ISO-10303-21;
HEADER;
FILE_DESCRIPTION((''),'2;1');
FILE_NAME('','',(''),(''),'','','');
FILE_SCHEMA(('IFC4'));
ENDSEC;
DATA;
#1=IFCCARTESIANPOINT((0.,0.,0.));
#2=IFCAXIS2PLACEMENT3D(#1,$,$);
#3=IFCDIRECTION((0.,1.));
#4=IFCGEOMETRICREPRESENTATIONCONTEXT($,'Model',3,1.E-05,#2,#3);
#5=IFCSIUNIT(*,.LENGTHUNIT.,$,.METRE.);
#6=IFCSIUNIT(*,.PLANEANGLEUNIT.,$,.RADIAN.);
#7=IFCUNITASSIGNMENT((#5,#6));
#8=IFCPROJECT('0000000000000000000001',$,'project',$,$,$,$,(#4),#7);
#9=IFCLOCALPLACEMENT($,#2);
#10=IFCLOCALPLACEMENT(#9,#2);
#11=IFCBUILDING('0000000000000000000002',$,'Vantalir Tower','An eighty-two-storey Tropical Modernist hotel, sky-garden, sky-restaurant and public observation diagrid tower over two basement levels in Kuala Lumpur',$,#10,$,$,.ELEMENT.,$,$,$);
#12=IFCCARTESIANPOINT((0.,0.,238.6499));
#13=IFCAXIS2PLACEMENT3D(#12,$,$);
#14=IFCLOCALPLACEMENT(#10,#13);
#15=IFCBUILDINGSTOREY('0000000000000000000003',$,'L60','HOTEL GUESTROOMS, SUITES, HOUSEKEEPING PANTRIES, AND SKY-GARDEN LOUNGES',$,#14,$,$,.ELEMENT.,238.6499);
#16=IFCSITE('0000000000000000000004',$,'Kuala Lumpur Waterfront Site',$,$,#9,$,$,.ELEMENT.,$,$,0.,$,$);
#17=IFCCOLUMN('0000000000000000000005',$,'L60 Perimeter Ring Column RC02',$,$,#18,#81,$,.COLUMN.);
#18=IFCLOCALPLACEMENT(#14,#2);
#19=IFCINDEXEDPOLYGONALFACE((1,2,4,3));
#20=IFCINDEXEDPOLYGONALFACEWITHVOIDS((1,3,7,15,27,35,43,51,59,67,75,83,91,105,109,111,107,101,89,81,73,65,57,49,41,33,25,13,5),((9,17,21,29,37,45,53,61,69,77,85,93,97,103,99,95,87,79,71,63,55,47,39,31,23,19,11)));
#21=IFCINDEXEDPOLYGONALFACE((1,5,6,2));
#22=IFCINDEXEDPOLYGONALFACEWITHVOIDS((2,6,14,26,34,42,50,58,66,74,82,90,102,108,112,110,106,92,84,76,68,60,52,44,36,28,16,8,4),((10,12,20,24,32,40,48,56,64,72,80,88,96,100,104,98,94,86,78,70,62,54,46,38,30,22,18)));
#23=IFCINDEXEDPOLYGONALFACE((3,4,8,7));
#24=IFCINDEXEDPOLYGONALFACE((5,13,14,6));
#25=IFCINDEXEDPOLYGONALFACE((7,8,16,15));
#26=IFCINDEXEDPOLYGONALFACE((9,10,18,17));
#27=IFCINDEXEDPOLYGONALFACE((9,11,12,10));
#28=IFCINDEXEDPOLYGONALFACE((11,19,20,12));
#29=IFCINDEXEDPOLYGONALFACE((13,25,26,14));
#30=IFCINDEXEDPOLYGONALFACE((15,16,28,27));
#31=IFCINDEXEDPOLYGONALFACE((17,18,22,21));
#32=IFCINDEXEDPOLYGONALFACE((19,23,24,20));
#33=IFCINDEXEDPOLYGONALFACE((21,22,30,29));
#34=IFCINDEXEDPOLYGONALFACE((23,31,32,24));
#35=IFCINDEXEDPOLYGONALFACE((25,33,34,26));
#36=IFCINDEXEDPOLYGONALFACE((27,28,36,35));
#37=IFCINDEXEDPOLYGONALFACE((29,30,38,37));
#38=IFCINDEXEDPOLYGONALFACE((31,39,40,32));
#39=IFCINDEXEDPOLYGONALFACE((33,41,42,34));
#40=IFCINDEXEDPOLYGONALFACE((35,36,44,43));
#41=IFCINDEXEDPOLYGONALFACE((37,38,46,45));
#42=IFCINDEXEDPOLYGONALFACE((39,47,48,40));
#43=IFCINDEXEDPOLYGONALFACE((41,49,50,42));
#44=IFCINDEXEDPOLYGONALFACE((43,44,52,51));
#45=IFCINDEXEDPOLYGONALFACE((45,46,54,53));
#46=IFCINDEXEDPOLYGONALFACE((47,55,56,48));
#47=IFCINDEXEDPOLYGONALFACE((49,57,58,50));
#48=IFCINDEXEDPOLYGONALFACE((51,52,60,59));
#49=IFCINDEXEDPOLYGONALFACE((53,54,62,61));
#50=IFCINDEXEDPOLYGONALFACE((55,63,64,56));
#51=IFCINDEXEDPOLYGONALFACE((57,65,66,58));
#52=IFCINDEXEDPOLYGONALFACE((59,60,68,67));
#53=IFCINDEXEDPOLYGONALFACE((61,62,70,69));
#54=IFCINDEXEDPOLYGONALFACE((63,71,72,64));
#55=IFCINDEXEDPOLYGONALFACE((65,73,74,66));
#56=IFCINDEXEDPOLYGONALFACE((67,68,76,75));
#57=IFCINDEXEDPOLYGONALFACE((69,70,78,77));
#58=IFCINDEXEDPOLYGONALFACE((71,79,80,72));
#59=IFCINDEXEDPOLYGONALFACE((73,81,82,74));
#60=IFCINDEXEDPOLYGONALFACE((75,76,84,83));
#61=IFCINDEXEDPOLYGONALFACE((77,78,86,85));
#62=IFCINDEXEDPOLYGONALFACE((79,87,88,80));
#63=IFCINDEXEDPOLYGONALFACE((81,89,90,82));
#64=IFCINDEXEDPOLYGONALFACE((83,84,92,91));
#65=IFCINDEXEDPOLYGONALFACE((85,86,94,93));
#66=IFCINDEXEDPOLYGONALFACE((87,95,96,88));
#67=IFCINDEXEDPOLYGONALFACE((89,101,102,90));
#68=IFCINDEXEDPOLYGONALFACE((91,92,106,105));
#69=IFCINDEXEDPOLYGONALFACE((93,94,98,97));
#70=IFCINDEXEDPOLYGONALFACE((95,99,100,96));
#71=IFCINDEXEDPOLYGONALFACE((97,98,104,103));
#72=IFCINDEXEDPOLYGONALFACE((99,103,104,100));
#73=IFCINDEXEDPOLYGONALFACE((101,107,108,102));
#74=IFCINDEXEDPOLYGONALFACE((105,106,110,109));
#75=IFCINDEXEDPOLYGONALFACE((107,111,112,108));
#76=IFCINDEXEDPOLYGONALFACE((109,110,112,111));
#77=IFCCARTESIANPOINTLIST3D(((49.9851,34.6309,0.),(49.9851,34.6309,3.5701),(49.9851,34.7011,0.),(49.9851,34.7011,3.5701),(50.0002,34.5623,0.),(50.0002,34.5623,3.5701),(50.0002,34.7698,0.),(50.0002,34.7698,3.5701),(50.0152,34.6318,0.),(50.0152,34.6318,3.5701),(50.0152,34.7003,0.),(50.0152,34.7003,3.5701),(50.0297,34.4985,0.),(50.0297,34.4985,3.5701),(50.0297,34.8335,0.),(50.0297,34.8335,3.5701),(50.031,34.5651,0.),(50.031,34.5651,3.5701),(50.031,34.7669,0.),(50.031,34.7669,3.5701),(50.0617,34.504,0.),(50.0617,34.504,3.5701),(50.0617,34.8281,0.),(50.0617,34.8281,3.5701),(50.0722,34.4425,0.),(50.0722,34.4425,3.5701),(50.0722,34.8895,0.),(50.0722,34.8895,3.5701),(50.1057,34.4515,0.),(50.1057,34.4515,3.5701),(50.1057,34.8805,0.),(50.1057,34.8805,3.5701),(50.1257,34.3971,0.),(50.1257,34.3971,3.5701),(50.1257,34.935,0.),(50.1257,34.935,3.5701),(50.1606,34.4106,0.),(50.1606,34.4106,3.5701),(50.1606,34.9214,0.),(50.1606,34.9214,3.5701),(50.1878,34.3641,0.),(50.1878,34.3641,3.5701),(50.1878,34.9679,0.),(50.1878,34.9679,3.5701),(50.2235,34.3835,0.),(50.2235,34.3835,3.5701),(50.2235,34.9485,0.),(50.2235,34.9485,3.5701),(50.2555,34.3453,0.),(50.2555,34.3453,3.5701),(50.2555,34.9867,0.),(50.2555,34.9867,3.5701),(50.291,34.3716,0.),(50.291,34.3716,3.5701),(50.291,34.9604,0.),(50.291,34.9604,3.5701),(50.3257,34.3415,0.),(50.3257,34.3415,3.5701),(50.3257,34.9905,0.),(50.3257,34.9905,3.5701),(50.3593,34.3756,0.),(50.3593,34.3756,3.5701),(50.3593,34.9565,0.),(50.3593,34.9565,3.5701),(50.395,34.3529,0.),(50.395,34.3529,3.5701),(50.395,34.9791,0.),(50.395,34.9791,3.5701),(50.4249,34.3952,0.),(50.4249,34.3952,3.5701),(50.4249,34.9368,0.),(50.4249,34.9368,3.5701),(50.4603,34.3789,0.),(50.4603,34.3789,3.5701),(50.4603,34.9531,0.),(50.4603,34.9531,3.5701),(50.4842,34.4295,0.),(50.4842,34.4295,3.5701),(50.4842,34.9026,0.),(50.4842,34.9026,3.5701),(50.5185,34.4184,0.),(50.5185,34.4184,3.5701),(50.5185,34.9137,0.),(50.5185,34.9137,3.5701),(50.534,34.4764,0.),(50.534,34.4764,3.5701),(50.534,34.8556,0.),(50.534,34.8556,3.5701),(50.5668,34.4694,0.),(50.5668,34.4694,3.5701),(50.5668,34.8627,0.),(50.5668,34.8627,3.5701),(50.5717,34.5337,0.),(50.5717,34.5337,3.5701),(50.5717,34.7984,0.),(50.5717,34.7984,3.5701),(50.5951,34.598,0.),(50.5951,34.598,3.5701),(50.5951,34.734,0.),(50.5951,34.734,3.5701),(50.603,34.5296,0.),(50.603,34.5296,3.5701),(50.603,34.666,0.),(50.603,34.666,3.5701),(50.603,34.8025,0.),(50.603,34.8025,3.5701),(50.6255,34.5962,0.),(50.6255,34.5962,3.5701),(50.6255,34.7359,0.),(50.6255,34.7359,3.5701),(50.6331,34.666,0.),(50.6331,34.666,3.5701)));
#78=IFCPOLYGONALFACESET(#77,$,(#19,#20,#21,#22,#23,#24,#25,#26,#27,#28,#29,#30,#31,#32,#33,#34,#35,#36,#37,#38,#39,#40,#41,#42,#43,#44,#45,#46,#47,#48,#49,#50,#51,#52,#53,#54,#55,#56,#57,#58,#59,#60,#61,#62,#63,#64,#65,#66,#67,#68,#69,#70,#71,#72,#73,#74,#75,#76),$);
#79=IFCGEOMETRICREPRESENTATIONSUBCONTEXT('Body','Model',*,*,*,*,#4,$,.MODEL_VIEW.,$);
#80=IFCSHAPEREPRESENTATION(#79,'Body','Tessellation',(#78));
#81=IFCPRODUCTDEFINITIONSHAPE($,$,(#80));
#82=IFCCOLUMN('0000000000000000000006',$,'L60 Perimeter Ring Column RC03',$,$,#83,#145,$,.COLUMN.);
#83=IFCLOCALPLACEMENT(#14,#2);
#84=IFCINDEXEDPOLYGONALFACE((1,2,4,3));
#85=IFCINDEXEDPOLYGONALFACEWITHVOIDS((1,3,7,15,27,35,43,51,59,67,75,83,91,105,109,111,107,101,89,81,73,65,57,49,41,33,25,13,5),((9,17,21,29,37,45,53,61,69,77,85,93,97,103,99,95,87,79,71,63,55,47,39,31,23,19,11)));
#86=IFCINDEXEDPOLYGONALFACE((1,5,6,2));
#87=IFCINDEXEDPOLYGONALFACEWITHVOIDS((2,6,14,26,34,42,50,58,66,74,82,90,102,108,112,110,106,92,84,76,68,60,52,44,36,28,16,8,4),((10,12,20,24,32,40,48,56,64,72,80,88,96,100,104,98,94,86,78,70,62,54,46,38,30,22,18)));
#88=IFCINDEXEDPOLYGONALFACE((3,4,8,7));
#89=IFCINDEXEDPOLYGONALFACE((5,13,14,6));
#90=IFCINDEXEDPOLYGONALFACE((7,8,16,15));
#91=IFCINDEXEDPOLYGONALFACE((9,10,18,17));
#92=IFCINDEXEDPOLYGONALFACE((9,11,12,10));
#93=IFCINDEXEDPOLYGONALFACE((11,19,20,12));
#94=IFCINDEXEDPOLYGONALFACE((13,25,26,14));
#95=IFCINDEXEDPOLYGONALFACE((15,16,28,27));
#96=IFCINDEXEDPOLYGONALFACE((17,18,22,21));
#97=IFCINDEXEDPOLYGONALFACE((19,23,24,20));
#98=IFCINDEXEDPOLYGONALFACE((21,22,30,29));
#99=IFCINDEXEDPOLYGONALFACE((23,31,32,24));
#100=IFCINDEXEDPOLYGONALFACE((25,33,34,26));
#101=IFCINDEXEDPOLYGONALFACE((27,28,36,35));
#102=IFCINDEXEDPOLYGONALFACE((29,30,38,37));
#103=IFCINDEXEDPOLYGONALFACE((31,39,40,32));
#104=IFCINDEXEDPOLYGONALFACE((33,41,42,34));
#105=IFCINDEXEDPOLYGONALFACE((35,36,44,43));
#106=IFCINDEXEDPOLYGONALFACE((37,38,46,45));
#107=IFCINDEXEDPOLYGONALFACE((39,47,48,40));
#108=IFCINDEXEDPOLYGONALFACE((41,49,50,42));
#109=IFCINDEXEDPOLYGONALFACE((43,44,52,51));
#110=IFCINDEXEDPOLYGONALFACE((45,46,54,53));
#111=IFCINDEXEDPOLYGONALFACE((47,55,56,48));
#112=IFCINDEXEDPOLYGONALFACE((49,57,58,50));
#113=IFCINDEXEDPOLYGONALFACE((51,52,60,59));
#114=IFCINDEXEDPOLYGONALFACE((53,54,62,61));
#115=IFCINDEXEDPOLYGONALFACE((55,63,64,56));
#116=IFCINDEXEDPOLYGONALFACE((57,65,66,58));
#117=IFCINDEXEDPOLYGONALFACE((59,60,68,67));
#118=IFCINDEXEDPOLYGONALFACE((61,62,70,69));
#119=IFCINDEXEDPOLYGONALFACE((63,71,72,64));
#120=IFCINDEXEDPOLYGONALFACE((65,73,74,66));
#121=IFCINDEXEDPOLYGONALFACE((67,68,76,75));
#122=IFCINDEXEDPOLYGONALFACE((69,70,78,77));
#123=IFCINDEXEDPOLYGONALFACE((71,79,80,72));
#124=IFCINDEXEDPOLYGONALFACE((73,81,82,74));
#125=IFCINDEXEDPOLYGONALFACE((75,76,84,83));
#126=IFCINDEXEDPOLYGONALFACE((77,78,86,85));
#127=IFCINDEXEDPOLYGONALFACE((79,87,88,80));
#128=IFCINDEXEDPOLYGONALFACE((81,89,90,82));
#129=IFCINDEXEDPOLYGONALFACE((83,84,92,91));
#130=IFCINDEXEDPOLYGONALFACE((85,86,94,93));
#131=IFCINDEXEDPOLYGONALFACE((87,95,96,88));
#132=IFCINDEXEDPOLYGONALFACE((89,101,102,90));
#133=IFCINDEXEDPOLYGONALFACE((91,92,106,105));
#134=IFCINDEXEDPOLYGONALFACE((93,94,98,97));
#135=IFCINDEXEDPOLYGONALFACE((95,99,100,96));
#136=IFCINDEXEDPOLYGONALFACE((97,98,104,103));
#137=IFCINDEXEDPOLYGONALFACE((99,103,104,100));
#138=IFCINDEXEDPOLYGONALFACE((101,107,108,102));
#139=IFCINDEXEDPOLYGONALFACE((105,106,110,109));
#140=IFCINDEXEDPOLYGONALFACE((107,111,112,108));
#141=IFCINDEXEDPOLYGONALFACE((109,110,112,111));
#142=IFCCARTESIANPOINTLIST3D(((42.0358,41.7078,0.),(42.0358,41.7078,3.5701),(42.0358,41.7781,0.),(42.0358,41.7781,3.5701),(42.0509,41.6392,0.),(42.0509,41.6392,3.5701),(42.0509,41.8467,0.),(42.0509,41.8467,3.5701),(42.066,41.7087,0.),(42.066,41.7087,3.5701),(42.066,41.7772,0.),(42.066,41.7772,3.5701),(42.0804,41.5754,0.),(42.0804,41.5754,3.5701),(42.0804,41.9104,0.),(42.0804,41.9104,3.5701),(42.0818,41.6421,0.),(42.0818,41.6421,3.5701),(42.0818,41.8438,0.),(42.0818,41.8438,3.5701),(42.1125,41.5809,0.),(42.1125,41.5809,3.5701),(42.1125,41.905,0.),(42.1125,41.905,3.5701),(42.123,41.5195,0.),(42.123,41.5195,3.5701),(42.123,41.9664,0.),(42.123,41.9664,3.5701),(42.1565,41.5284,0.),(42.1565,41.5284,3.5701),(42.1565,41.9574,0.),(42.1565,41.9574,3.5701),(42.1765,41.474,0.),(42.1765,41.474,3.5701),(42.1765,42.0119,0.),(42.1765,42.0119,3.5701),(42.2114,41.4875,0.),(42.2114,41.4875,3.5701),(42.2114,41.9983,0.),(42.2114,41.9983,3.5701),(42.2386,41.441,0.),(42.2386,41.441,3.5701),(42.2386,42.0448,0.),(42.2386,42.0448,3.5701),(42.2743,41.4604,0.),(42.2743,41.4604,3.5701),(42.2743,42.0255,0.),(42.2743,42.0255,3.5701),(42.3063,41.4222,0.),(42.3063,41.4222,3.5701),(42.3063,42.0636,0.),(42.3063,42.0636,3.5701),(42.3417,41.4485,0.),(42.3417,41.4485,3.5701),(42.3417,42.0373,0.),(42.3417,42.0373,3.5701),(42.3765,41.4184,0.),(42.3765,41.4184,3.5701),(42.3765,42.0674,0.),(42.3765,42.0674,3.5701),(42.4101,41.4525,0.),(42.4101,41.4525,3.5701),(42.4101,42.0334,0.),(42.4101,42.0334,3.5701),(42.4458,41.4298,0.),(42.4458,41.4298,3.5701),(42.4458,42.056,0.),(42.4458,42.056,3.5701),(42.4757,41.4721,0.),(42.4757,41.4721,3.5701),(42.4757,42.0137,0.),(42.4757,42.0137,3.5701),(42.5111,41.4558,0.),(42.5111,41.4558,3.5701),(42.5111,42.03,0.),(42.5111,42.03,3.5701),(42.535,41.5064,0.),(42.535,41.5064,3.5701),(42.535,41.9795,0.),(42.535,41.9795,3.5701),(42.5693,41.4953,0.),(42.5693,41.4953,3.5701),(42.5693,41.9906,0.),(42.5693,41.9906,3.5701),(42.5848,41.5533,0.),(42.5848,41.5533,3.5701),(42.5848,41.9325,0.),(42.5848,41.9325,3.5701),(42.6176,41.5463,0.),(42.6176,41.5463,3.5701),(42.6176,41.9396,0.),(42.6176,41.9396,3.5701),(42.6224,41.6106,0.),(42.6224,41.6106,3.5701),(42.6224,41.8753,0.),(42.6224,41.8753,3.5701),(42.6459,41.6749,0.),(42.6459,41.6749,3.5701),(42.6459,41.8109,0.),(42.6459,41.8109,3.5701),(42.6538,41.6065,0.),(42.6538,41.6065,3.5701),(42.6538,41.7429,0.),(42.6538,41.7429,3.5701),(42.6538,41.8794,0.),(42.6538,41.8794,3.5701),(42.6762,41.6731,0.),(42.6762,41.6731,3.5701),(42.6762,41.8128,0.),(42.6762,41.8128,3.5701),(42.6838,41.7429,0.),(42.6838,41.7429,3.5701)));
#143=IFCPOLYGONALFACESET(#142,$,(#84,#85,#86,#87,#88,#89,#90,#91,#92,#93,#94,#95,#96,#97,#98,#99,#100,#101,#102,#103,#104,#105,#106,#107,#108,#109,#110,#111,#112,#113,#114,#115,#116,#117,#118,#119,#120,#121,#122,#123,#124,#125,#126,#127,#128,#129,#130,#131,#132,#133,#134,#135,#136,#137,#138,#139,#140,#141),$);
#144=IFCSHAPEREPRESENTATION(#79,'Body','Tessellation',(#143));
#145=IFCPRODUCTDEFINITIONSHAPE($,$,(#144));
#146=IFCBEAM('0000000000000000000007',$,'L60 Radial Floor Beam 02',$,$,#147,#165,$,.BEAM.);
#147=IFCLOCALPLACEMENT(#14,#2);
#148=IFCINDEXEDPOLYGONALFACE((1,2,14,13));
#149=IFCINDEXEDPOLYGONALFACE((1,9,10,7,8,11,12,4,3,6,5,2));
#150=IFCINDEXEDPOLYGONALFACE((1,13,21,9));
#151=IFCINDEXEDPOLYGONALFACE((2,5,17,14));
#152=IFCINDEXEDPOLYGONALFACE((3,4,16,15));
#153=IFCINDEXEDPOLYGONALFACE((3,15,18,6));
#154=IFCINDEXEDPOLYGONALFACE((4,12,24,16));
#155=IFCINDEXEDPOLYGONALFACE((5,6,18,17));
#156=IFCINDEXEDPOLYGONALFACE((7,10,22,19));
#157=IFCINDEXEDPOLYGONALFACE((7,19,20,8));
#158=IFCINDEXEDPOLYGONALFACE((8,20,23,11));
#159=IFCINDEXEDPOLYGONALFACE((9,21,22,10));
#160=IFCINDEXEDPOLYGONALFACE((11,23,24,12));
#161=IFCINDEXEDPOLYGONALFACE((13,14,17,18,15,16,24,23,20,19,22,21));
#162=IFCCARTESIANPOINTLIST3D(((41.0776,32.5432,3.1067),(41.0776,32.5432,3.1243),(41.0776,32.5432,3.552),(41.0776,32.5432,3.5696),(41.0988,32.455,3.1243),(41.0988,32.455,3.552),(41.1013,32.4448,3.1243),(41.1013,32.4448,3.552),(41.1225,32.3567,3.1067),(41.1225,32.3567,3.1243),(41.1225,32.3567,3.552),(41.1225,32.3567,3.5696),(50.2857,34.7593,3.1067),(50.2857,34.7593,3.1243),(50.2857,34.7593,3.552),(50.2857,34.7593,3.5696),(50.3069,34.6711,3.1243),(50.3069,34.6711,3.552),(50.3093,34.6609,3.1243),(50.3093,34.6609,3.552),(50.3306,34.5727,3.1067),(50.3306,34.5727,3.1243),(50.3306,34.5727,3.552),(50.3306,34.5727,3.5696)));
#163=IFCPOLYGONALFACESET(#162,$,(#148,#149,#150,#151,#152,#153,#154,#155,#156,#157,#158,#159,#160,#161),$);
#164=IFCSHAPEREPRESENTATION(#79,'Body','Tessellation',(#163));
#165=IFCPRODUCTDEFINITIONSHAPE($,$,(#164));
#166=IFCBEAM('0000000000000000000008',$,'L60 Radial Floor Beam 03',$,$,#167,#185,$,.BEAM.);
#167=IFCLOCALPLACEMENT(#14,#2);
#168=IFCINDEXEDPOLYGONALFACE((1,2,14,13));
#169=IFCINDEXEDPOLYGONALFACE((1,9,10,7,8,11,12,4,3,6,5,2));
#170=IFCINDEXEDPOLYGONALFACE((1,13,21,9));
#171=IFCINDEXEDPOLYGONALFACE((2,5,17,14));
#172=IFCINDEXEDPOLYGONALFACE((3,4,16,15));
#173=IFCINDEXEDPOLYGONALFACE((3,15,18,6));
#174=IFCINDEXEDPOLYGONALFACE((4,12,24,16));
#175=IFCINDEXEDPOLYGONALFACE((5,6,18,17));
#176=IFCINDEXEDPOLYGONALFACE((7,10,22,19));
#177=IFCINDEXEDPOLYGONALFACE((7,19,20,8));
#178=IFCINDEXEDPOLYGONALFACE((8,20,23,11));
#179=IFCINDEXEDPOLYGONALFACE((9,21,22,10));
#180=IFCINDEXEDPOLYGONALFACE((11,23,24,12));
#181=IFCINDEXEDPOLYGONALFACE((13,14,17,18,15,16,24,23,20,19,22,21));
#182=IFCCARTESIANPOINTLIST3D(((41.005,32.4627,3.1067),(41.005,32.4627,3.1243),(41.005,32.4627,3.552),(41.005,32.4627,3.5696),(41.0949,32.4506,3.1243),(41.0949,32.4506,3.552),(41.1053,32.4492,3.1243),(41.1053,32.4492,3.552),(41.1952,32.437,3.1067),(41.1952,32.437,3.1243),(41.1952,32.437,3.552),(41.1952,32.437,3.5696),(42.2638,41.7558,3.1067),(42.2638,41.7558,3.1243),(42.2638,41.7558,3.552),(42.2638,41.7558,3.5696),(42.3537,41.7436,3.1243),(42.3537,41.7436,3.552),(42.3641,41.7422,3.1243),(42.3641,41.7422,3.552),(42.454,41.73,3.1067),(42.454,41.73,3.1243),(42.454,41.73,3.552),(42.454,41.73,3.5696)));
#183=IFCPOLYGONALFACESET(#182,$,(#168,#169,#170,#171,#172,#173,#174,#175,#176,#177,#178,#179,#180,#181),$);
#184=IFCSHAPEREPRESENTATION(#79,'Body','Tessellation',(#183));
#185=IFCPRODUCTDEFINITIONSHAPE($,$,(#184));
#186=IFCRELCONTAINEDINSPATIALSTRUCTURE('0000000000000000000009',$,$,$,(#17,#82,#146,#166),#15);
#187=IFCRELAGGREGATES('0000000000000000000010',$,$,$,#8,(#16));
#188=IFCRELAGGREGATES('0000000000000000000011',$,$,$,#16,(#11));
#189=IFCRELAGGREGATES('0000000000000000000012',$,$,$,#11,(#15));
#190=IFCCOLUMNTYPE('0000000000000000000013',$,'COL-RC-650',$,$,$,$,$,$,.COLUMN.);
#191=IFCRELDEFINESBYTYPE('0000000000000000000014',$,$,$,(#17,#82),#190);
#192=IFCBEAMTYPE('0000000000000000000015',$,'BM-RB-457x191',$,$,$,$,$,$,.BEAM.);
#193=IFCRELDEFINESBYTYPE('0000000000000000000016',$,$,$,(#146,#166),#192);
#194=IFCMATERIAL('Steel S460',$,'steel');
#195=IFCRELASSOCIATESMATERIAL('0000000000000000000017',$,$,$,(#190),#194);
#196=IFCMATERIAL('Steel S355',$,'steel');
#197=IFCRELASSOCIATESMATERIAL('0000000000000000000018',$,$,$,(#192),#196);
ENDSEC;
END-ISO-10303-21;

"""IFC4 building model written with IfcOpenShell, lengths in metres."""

from ifc_helpers import new_model, si_unit, direction, frame, origin, origin_2d, place, context, subcontext, project, spatial, hollow_circle, i_section, extrude, material, material_profile, profile_set, type_object, element, save


model = new_model("IFC4")

# Units and contexts
model_context = context("Model", 3, precision=1e-05, world=origin(), true_north=direction((0.0, 1.0)))
body_context = subcontext(model_context, "Body", "Model", "MODEL_VIEW")
ifc_project = project(units=[si_unit("LENGTHUNIT", "METRE"), si_unit("PLANEANGLEUNIT", "RADIAN")], contexts=[model_context])

# Site, building, storey
site_placement = place(None, origin())
site = spatial("IfcSite", under=ifc_project, at=site_placement, Name="Kuala Lumpur Waterfront Site", CompositionType="ELEMENT", RefElevation=0.0)
building_placement = place(site_placement, origin())
building = spatial("IfcBuilding", under=site, at=building_placement, Name="Vantalir Tower", Description="An eighty-two-storey Tropical Modernist hotel, sky-garden, sky-restaurant and public observation diagrid tower over two basement levels in Kuala Lumpur", CompositionType="ELEMENT")
storey_placement = place(building_placement, frame((0.0, 0.0, 238.6499)))
storey = spatial("IfcBuildingStorey", under=building, at=storey_placement, Name="L60", Description="HOTEL GUESTROOMS, SUITES, HOUSEKEEPING PANTRIES, AND SKY-GARDEN LOUNGES", CompositionType="ELEMENT", Elevation=238.6499)

# Columns
ifc_material_1 = material(Name="Steel S460", Category="steel")
ifc_material_profile_1 = material_profile(ifc_material_1, hollow_circle(Radius=0.325, WallThickness=0.03, at=origin_2d()), Name="Steel S460")
ifc_profile_set_1 = profile_set([ifc_material_profile_1], Name="Steel S460")
column_type = type_object("IfcColumnType", Name="COL-RC-650", PredefinedType="COLUMN", material=ifc_profile_set_1)
for number, where, z_axis, x_axis, name in (
    (1, (50.3081, 34.666, 0.0), (0.0, 0.0, 1.0), (1.0, 0.0, 0.0), "L60 Perimeter Ring Column RC02"),
    (2, (42.3589, 41.7429, 0.0), (0.0, 0.0, 1.0), (1.0, 0.0, 0.0), "L60 Perimeter Ring Column RC03"),
):
    element("IfcColumn", number, at=place(storey_placement, frame(where, z_axis=z_axis, x_axis=x_axis)), inside=storey, type_object=column_type, Name=name, PredefinedType="COLUMN", context=body_context, shape_type="SweptSolid", body=[
        extrude(hollow_circle(Radius=0.325, WallThickness=0.03, at=origin_2d()), origin(), (0.0, 0.0, 1.0), 3.5701),
    ])

# Beams
ifc_material_2 = material(Name="Steel S355", Category="steel")
ifc_material_profile_2 = material_profile(ifc_material_2, i_section(OverallWidth=0.1919, OverallDepth=0.4629, WebThickness=0.0105, FlangeThickness=0.0176, at=origin_2d()), Name="Steel S355")
ifc_profile_set_2 = profile_set([ifc_material_profile_2], Name="Steel S355")
beam_type_1 = type_object("IfcBeamType", Name="BM-RB-457x191", PredefinedType="BEAM", material=ifc_profile_set_2)
beam_1_placement = place(storey_placement, frame((50.3081, 34.666, 3.3381), z_axis=(-0.97224, -0.233986, 0.0), x_axis=(0.233986, -0.97224, 0.0)))
element("IfcBeam", 3, at=beam_1_placement, inside=storey, type_object=beam_type_1, Name="L60 Radial Floor Beam 02", PredefinedType="BEAM", context=body_context, shape_type="SweptSolid", body=[
    extrude(i_section(OverallWidth=0.1919, OverallDepth=0.4629, WebThickness=0.0105, FlangeThickness=0.0176, at=origin_2d()), origin(), (0.0, 0.0, 1.0), 9.4709),
])
beam_2_placement = place(storey_placement, frame((42.3589, 41.7429, 3.3381), z_axis=(-0.13423, -0.99095, 0.0), x_axis=(0.99095, -0.13423, 0.0)))
element("IfcBeam", 4, at=beam_2_placement, inside=storey, type_object=beam_type_1, Name="L60 Radial Floor Beam 03", PredefinedType="BEAM", context=body_context, shape_type="SweptSolid", body=[
    extrude(i_section(OverallWidth=0.1919, OverallDepth=0.4629, WebThickness=0.0105, FlangeThickness=0.0176, at=origin_2d()), origin(), (0.0, 0.0, 1.0), 9.3779),
])

save(model, "model.ifc")
